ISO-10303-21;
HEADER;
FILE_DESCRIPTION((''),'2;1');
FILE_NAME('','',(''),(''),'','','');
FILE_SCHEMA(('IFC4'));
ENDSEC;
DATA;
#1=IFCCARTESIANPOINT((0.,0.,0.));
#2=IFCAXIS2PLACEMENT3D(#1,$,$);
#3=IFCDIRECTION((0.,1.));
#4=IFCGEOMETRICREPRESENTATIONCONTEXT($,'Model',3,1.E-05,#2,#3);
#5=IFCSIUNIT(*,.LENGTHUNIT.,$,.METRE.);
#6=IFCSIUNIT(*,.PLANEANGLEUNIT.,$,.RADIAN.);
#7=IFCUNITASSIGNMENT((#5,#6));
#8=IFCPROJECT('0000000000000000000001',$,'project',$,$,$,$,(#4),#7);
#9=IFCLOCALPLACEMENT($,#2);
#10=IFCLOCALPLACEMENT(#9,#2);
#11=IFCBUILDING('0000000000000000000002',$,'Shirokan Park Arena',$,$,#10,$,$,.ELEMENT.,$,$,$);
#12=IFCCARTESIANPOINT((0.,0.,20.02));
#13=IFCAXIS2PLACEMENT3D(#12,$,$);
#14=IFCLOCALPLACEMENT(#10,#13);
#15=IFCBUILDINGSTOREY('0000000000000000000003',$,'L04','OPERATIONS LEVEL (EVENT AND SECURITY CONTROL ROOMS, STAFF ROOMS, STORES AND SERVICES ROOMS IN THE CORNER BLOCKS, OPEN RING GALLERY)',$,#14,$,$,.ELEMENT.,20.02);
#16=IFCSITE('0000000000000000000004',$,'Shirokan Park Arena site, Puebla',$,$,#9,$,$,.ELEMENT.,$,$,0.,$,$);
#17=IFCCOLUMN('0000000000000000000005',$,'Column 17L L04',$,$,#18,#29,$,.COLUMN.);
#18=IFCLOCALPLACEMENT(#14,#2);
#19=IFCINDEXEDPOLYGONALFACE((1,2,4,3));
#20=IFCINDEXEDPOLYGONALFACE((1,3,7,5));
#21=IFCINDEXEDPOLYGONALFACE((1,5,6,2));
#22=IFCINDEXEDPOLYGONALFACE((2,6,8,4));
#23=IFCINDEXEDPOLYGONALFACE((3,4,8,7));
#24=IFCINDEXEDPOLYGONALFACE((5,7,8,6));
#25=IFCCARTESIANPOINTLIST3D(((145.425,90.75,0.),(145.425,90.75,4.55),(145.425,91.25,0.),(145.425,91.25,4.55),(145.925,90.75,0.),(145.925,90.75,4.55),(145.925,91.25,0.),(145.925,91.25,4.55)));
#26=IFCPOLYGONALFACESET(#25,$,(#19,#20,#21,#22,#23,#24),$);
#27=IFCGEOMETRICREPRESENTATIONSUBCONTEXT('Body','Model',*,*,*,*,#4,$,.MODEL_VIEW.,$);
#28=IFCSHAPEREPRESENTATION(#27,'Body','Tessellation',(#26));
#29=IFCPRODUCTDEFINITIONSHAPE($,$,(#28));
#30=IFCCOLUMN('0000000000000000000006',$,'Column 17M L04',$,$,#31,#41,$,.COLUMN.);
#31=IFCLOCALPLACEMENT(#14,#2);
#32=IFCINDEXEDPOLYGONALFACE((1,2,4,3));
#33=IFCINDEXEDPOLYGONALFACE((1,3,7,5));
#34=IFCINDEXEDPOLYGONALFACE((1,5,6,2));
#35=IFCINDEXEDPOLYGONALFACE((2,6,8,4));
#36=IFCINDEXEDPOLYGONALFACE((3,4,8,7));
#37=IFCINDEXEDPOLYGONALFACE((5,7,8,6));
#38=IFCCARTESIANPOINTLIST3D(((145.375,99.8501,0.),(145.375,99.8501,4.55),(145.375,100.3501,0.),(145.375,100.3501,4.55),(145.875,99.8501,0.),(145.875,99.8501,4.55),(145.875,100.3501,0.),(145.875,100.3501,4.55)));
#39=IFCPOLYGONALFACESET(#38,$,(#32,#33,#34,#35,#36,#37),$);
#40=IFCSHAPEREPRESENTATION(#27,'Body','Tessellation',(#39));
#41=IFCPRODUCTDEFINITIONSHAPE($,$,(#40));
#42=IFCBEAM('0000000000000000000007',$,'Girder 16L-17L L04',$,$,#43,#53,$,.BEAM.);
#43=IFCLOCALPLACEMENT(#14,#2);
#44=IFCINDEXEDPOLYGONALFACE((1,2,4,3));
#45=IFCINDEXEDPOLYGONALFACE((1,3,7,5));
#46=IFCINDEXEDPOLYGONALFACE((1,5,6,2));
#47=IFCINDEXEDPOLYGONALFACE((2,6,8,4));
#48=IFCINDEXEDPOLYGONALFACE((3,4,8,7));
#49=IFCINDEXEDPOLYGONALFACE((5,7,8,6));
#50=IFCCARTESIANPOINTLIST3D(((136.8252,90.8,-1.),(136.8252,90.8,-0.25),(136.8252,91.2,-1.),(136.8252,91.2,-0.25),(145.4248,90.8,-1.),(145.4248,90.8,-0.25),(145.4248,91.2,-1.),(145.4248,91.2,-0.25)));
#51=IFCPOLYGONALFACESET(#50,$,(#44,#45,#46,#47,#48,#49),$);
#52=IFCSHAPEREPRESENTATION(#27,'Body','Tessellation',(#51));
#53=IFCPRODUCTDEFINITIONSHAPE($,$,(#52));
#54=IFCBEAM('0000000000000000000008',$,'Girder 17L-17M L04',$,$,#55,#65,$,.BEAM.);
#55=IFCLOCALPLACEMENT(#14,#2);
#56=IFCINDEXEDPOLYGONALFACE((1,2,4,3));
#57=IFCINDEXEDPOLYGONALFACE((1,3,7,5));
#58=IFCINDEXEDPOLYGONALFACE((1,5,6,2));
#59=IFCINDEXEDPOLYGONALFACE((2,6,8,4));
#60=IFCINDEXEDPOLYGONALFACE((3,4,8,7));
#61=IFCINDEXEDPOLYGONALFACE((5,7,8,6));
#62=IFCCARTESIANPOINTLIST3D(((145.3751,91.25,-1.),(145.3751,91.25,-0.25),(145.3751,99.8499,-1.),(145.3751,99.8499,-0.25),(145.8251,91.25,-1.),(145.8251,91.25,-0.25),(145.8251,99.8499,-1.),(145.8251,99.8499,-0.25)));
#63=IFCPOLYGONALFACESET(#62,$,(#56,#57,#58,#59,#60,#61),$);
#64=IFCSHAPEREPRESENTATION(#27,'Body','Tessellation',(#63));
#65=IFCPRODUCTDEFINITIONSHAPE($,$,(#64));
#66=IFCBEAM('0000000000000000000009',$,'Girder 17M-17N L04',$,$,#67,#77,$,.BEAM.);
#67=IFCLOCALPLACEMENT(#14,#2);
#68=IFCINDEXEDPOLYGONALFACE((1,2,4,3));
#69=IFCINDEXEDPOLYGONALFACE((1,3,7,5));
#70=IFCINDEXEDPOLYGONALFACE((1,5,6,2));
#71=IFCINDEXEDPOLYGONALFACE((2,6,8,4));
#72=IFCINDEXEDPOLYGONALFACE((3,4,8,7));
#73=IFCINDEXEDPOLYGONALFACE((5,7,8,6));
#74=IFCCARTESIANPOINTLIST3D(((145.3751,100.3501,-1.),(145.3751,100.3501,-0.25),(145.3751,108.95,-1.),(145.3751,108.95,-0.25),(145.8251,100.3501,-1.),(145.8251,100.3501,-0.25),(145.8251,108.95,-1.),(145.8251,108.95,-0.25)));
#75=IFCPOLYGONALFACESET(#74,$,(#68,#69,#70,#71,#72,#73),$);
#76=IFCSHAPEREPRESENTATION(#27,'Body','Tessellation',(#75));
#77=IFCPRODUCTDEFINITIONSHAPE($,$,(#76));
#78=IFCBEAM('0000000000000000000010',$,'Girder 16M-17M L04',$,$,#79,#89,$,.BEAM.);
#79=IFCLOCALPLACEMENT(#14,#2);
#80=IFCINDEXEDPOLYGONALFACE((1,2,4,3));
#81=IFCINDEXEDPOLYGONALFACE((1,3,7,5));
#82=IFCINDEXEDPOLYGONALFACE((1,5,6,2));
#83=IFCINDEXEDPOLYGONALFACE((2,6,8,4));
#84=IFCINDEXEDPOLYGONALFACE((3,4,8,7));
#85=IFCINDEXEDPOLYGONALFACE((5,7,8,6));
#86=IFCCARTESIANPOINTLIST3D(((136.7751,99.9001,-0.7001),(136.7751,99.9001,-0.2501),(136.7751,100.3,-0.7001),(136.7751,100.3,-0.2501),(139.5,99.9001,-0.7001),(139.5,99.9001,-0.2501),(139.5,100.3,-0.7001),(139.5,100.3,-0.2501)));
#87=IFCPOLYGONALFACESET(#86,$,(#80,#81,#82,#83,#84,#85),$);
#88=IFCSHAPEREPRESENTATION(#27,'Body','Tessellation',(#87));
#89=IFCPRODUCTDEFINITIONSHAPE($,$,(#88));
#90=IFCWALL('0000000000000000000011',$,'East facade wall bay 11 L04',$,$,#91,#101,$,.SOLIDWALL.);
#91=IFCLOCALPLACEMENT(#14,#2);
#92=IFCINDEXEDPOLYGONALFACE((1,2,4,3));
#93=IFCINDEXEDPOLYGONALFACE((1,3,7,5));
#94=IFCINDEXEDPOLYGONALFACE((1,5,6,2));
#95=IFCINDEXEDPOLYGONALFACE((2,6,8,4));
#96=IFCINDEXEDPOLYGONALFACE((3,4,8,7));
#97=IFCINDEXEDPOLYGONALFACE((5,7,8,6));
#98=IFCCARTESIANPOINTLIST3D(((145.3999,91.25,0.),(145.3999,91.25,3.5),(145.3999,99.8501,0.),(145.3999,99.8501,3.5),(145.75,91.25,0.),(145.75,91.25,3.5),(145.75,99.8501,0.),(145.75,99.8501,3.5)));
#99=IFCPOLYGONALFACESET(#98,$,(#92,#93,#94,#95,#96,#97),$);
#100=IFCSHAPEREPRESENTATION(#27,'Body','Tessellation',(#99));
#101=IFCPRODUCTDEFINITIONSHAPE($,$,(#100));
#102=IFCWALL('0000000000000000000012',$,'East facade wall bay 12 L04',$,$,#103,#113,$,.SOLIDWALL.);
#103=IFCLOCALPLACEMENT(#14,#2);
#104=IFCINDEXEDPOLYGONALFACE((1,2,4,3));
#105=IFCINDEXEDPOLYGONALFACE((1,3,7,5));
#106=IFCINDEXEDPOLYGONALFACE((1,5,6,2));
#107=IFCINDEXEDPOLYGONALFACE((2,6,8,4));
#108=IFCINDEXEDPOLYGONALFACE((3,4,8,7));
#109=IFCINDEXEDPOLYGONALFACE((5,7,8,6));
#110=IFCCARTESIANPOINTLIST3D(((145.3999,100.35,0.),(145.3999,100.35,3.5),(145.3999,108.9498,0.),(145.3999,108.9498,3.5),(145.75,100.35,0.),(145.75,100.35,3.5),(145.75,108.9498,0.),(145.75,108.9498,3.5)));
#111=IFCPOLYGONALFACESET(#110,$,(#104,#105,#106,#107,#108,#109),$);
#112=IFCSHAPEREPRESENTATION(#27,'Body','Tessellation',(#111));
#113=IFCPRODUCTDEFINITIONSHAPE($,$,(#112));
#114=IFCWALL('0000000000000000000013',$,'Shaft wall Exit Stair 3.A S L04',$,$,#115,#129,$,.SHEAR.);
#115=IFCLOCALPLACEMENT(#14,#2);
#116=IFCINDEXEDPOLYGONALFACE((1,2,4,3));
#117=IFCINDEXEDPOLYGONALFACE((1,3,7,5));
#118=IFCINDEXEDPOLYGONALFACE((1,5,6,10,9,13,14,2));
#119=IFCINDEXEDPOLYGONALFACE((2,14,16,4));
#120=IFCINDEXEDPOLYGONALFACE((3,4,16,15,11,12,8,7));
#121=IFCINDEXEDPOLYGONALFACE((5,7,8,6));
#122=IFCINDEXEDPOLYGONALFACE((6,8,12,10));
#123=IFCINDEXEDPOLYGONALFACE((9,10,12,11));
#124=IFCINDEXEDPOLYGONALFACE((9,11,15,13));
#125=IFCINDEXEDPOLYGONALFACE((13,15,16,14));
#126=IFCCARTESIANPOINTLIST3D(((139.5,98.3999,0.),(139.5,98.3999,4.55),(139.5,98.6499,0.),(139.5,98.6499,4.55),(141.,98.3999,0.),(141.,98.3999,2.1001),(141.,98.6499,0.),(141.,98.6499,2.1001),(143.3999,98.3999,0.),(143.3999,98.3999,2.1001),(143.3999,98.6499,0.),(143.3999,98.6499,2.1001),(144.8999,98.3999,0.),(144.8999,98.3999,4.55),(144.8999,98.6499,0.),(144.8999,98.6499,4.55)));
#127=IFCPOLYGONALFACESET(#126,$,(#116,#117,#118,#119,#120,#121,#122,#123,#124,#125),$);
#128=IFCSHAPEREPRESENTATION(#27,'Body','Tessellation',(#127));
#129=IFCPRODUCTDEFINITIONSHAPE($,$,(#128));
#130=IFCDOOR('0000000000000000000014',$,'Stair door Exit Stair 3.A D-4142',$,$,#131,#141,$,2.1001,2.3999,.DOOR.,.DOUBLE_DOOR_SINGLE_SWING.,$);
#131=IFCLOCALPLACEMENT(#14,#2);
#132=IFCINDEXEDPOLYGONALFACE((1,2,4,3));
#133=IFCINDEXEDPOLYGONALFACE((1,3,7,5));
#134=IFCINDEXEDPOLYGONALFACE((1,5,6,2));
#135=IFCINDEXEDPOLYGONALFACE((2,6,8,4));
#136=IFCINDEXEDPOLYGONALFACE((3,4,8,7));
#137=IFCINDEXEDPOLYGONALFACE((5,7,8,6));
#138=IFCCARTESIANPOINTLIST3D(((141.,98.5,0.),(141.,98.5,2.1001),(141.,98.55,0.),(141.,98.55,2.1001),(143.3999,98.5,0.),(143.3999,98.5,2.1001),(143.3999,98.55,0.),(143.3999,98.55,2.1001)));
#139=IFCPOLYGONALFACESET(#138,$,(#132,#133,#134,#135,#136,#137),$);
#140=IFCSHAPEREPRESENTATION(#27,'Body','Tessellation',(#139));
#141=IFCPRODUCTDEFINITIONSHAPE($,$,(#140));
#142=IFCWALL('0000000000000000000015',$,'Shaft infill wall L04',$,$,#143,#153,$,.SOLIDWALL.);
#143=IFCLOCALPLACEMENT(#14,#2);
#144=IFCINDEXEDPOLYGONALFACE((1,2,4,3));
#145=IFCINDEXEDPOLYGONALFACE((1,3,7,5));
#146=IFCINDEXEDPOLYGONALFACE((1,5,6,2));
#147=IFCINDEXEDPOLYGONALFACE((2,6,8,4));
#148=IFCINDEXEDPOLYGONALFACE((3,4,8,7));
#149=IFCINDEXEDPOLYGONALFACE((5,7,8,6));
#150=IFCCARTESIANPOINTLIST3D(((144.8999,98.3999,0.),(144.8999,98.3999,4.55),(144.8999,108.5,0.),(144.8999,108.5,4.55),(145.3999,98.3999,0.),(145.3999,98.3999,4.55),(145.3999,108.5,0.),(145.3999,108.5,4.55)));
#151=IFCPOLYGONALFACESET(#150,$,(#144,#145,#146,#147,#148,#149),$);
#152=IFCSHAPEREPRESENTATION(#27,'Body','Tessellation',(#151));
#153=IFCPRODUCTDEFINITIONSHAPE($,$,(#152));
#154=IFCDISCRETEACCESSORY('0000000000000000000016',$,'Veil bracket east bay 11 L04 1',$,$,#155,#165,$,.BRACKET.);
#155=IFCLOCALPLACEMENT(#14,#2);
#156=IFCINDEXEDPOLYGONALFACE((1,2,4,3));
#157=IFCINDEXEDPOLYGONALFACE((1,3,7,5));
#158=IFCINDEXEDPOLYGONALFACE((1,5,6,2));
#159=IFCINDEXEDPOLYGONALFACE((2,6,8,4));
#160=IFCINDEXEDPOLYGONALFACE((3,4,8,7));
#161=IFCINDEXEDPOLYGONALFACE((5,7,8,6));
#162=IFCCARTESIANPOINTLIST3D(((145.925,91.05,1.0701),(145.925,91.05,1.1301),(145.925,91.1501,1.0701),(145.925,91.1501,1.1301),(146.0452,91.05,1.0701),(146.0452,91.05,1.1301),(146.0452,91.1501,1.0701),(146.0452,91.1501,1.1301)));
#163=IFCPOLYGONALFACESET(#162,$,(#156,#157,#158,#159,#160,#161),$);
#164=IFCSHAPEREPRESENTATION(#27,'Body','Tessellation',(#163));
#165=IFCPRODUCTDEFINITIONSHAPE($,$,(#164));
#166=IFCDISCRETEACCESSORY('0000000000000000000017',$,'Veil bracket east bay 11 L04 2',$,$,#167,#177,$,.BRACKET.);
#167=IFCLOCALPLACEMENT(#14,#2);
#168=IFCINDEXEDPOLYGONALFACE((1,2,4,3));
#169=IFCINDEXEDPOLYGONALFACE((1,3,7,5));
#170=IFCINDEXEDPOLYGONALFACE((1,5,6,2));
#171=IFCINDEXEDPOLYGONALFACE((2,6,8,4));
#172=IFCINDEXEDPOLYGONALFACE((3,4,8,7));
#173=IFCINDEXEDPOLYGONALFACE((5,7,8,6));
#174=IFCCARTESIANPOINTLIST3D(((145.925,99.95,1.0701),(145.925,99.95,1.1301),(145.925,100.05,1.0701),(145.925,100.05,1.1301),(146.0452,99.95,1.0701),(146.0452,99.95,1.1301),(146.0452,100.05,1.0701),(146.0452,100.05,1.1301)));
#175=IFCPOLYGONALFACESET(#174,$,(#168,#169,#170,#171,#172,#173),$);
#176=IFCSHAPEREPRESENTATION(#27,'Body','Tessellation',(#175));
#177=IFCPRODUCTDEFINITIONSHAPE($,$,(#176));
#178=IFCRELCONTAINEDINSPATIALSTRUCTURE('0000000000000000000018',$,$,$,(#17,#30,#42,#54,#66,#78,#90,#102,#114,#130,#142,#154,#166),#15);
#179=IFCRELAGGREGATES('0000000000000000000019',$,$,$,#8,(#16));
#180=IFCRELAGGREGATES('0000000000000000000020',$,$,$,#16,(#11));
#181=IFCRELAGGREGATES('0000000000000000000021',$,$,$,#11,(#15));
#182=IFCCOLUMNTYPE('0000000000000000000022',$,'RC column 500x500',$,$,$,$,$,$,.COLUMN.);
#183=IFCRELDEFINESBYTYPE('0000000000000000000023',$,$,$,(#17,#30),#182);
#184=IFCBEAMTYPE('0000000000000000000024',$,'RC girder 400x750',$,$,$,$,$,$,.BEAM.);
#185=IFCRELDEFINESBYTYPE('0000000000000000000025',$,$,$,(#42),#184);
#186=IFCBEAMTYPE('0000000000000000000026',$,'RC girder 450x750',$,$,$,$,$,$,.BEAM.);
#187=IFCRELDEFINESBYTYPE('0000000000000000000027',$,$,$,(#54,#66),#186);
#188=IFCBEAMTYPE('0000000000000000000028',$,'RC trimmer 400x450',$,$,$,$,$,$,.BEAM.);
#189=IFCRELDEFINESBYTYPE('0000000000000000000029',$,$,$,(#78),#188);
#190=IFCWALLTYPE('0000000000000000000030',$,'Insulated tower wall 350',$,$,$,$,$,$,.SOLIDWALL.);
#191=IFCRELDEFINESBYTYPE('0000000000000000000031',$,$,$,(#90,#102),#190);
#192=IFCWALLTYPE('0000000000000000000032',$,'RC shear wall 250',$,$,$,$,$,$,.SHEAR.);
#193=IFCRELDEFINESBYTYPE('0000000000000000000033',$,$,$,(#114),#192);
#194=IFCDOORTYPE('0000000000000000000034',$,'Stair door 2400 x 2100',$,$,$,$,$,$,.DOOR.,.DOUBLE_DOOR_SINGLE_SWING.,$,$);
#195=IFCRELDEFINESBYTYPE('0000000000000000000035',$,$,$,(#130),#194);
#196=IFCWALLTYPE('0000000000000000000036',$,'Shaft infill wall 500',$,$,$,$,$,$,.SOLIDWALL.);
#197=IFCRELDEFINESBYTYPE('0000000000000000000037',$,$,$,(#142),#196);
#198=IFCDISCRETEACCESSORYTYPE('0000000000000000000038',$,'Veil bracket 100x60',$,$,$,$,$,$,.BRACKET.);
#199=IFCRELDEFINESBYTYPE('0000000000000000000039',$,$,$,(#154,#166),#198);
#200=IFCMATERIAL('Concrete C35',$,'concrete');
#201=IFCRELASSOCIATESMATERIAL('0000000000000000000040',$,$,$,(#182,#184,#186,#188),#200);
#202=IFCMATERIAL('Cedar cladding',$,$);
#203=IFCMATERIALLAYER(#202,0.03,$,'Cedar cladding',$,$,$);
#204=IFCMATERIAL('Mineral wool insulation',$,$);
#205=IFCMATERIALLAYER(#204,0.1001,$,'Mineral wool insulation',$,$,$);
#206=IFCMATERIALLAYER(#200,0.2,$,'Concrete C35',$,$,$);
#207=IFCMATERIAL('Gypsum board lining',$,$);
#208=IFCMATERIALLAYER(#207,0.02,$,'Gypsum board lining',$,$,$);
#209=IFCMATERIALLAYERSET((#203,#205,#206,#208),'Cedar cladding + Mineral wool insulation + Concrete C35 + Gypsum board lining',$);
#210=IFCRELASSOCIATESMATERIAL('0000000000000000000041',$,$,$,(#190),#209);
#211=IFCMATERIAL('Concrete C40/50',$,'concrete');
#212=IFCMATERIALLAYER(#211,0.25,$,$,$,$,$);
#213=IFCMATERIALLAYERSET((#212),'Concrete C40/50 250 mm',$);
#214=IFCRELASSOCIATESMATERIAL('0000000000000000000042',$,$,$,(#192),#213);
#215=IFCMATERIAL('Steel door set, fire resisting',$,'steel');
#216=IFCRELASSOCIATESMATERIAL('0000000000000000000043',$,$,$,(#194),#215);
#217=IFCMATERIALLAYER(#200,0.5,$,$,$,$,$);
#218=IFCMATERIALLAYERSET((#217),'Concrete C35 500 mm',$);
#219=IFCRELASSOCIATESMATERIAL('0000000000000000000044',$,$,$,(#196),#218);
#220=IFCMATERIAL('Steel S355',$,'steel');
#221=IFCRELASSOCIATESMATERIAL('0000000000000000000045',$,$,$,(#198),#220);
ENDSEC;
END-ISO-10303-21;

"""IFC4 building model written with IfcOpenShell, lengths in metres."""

from ifc_helpers import new_model, si_unit, direction, frame, frame_2d, origin, origin_2d, place, context, subcontext, project, spatial, rectangle, extrude, material, layer, layer_set, material_profile, profile_set, type_object, element, fill, save


model = new_model("IFC4")

# Units and contexts
model_context = context("Model", 3, precision=1e-05, world=origin(), true_north=direction((0.0, 1.0)))
body_context = subcontext(model_context, "Body", "Model", "MODEL_VIEW")
ifc_project = project(units=[si_unit("LENGTHUNIT", "METRE"), si_unit("PLANEANGLEUNIT", "RADIAN")], contexts=[model_context])

# Site, building, storey
site_placement = place(None, origin())
site = spatial("IfcSite", under=ifc_project, at=site_placement, Name="Shirokan Park Arena site, Puebla", CompositionType="ELEMENT", RefElevation=0.0)
building_placement = place(site_placement, origin())
building = spatial("IfcBuilding", under=site, at=building_placement, Name="Shirokan Park Arena", CompositionType="ELEMENT")
storey_placement = place(building_placement, frame((0.0, 0.0, 20.02)))
storey = spatial("IfcBuildingStorey", under=building, at=storey_placement, Name="L04", Description="OPERATIONS LEVEL (EVENT AND SECURITY CONTROL ROOMS, STAFF ROOMS, STORES AND SERVICES ROOMS IN THE CORNER BLOCKS, OPEN RING GALLERY)", CompositionType="ELEMENT", Elevation=20.02)

# Columns
ifc_material_1 = material(Name="Concrete C35", Category="concrete")
ifc_material_profile_1 = material_profile(ifc_material_1, rectangle(XDim=0.5, YDim=0.5, at=origin_2d()), Name="500x500")
ifc_profile_set_1 = profile_set([ifc_material_profile_1], Name="Concrete C35")
column_type = type_object("IfcColumnType", Name="RC column 500x500", PredefinedType="COLUMN", material=ifc_profile_set_1)
for number, where, z_axis, x_axis, name in (
    (1, (145.675, 91.0, 0.0), (0.0, 0.0, 1.0), (1.0, 0.0, 0.0), "Column 17L L04"),
    (2, (145.625, 100.1001, 0.0), (0.0, 0.0, 1.0), (1.0, 0.0, 0.0), "Column 17M L04"),
):
    element("IfcColumn", number, at=place(storey_placement, frame(where, z_axis=z_axis, x_axis=x_axis)), inside=storey, type_object=column_type, Name=name, PredefinedType="COLUMN", context=body_context, shape_type="SweptSolid", body=[
        extrude(rectangle(XDim=0.5, YDim=0.5, at=origin_2d()), origin(), (0.0, 0.0, 1.0), 4.55),
    ])

# Beams
ifc_material_profile_2 = material_profile(ifc_material_1, rectangle(XDim=0.3999, YDim=0.75, at=origin_2d()), Name="400x750")
ifc_profile_set_2 = profile_set([ifc_material_profile_2], Name="Concrete C35")
beam_type_1 = type_object("IfcBeamType", Name="RC girder 400x750", PredefinedType="BEAM", material=ifc_profile_set_2)
beam_1_placement = place(storey_placement, frame((136.8252, 91.0, -0.625), z_axis=(1.0, 0.0, 0.0), x_axis=(0.0, 1.0, 0.0)))
element("IfcBeam", 3, at=beam_1_placement, inside=storey, type_object=beam_type_1, Name="Girder 16L-17L L04", PredefinedType="BEAM", context=body_context, shape_type="SweptSolid", body=[
    extrude(rectangle(XDim=0.3999, YDim=0.75, at=origin_2d()), origin(), (0.0, 0.0, 1.0), 8.5996),
])
ifc_material_profile_3 = material_profile(ifc_material_1, rectangle(XDim=0.45, YDim=0.75, at=origin_2d()), Name="450x750")
ifc_profile_set_3 = profile_set([ifc_material_profile_3], Name="Concrete C35")
beam_type_2 = type_object("IfcBeamType", Name="RC girder 450x750", PredefinedType="BEAM", material=ifc_profile_set_3)
for number, where, z_axis, x_axis, name in (
    (4, (145.6001, 91.25, -0.625), (0.0, 1.0, 0.0), (-1.0, 0.0, 0.0), "Girder 17L-17M L04"),
    (5, (145.6001, 100.3501, -0.625), (0.0, 1.0, 0.0), (-1.0, 0.0, 0.0), "Girder 17M-17N L04"),
):
    element("IfcBeam", number, at=place(storey_placement, frame(where, z_axis=z_axis, x_axis=x_axis)), inside=storey, type_object=beam_type_2, Name=name, PredefinedType="BEAM", context=body_context, shape_type="SweptSolid", body=[
        extrude(rectangle(XDim=0.45, YDim=0.75, at=origin_2d()), origin(), (0.0, 0.0, 1.0), 8.5999),
    ])
ifc_material_profile_4 = material_profile(ifc_material_1, rectangle(XDim=0.3999, YDim=0.45, at=origin_2d()), Name="400x450")
ifc_profile_set_4 = profile_set([ifc_material_profile_4], Name="Concrete C35")
beam_type_3 = type_object("IfcBeamType", Name="RC trimmer 400x450", PredefinedType="BEAM", material=ifc_profile_set_4)
beam_2_placement = place(storey_placement, frame((136.7751, 100.1001, -0.4751), z_axis=(1.0, 0.0, 0.0), x_axis=(0.0, 1.0, 0.0)))
element("IfcBeam", 6, at=beam_2_placement, inside=storey, type_object=beam_type_3, Name="Girder 16M-17M L04", PredefinedType="BEAM", context=body_context, shape_type="SweptSolid", body=[
    extrude(rectangle(XDim=0.3999, YDim=0.45, at=origin_2d()), origin(), (0.0, 0.0, 1.0), 2.7249),
])

# Walls
ifc_material_2 = material(Name="Cedar cladding")
ifc_layer_1 = layer(ifc_material_2, 0.03, Name="Cedar cladding")
ifc_material_3 = material(Name="Mineral wool insulation")
ifc_layer_2 = layer(ifc_material_3, 0.1001, Name="Mineral wool insulation")
ifc_layer_3 = layer(ifc_material_1, 0.2, Name="Concrete C35")
ifc_material_4 = material(Name="Gypsum board lining")
ifc_layer_4 = layer(ifc_material_4, 0.02, Name="Gypsum board lining")
ifc_layer_set_1 = layer_set([ifc_layer_1, ifc_layer_2, ifc_layer_3, ifc_layer_4], Name="Cedar cladding + Mineral wool insulation + Concrete C35 + Gypsum board lining")
wall_type_1 = type_object("IfcWallType", Name="Insulated tower wall 350", PredefinedType="SOLIDWALL", material=ifc_layer_set_1)
wall_1_placement = place(storey_placement, frame((145.575, 91.25, 0.0), z_axis=(0.0, 0.0, 1.0), x_axis=(0.0, 1.0, 0.0)))
element("IfcWall", 7, at=wall_1_placement, inside=storey, type_object=wall_type_1, Name="East facade wall bay 11 L04", PredefinedType="SOLIDWALL", context=body_context, shape_type="SweptSolid", body=[
    extrude(rectangle(XDim=8.6001, YDim=0.3501, at=frame_2d((4.3, 0.0))), origin(), (0.0, 0.0, 1.0), 3.5),
])
wall_2_placement = place(storey_placement, frame((145.575, 100.3501, 0.0), z_axis=(0.0, 0.0, 1.0), x_axis=(0.0, 1.0, 0.0)))
element("IfcWall", 8, at=wall_2_placement, inside=storey, type_object=wall_type_1, Name="East facade wall bay 12 L04", PredefinedType="SOLIDWALL", context=body_context, shape_type="SweptSolid", body=[
    extrude(rectangle(XDim=8.5999, YDim=0.3501, at=frame_2d((4.2998, 0.0))), origin(), (0.0, 0.0, 1.0), 3.5),
])

# Wall, opening, door
ifc_material_5 = material(Name="Concrete C40/50", Category="concrete")
ifc_layer_5 = layer(ifc_material_5, 0.25)
ifc_layer_set_2 = layer_set([ifc_layer_5], Name="Concrete C40/50 250 mm")
wall_type_2 = type_object("IfcWallType", Name="RC shear wall 250", PredefinedType="SHEAR", material=ifc_layer_set_2)
wall_3_placement = place(storey_placement, frame((144.8999, 98.5249, 0.0), z_axis=(0.0, 0.0, 1.0), x_axis=(-1.0, 0.0, 0.0)))
wall_3 = element("IfcWall", 9, at=wall_3_placement, inside=storey, type_object=wall_type_2, Name="Shaft wall Exit Stair 3.A S L04", PredefinedType="SHEAR", context=body_context, shape_type="SweptSolid", body=[
    extrude(rectangle(XDim=5.3999, YDim=0.25, at=frame_2d((2.7, 0.0))), origin(), (0.0, 0.0, 1.0), 4.55),
])
opening_placement = place(wall_3_placement, frame((1.5, 0.0, 0.0)))
opening = element("IfcOpeningElement", 10, at=opening_placement, cuts=wall_3, PredefinedType="OPENING", context=body_context, shape_type="SweptSolid", body=[
    extrude(rectangle(XDim=2.3999, YDim=2.1001, at=frame_2d((1.2, 1.05))), frame((0.0, 0.135, 0.0), z_axis=(0.0, -1.0, 0.0), x_axis=(1.0, 0.0, 0.0)), (0.0, 0.0, 1.0), 0.27),
])
ifc_material_6 = material(Name="Steel door set, fire resisting", Category="steel")
door_type = type_object("IfcDoorType", Name="Stair door 2400 x 2100", OperationType="DOUBLE_DOOR_SINGLE_SWING", PredefinedType="DOOR", material=ifc_material_6)
door_placement = place(opening_placement, origin())
door = element("IfcDoor", 11, at=door_placement, inside=storey, type_object=door_type, Name="Stair door Exit Stair 3.A D-4142", OperationType="DOUBLE_DOOR_SINGLE_SWING", OverallHeight=2.1001, OverallWidth=2.3999, PredefinedType="DOOR", context=body_context, shape_type="SweptSolid", body=[
    extrude(rectangle(XDim=2.3999, YDim=2.1001, at=frame_2d((1.2, 1.05))), frame((0.0, 0.0249, 0.0), z_axis=(0.0, -1.0, 0.0), x_axis=(1.0, 0.0, 0.0)), (0.0, 0.0, 1.0), 0.05),
])
fill(opening, door)

# Wall
ifc_layer_6 = layer(ifc_material_1, 0.5)
ifc_layer_set_3 = layer_set([ifc_layer_6], Name="Concrete C35 500 mm")
wall_type_3 = type_object("IfcWallType", Name="Shaft infill wall 500", PredefinedType="SOLIDWALL", material=ifc_layer_set_3)
wall_4_placement = place(storey_placement, frame((145.1499, 98.3999, 0.0), z_axis=(0.0, 0.0, 1.0), x_axis=(0.0, 1.0, 0.0)))
element("IfcWall", 12, at=wall_4_placement, inside=storey, type_object=wall_type_3, Name="Shaft infill wall L04", PredefinedType="SOLIDWALL", context=body_context, shape_type="SweptSolid", body=[
    extrude(rectangle(XDim=10.1001, YDim=0.5, at=frame_2d((5.05, 0.0))), origin(), (0.0, 0.0, 1.0), 4.55),
])

# Discrete accessories
ifc_material_7 = material(Name="Steel S355", Category="steel")
discrete_accessory_type = type_object("IfcDiscreteAccessoryType", Name="Veil bracket 100x60", PredefinedType="BRACKET", material=ifc_material_7)
for number, where, z_axis, x_axis, name in (
    (13, (145.9851, 91.1001, 1.0701), (0.0, 0.0, 1.0), (0.0, 1.0, 0.0), "Veil bracket east bay 11 L04 1"),
    (14, (145.9851, 100.0, 1.0701), (0.0, 0.0, 1.0), (0.0, 1.0, 0.0), "Veil bracket east bay 11 L04 2"),
):
    element("IfcDiscreteAccessory", number, at=place(storey_placement, frame(where, z_axis=z_axis, x_axis=x_axis)), inside=storey, type_object=discrete_accessory_type, Name=name, PredefinedType="BRACKET", context=body_context, shape_type="SweptSolid", body=[
        extrude(rectangle(XDim=0.1001, YDim=0.1201, at=origin_2d()), origin(), (0.0, 0.0, 1.0), 0.0601),
    ])

save(model, "model.ifc")
